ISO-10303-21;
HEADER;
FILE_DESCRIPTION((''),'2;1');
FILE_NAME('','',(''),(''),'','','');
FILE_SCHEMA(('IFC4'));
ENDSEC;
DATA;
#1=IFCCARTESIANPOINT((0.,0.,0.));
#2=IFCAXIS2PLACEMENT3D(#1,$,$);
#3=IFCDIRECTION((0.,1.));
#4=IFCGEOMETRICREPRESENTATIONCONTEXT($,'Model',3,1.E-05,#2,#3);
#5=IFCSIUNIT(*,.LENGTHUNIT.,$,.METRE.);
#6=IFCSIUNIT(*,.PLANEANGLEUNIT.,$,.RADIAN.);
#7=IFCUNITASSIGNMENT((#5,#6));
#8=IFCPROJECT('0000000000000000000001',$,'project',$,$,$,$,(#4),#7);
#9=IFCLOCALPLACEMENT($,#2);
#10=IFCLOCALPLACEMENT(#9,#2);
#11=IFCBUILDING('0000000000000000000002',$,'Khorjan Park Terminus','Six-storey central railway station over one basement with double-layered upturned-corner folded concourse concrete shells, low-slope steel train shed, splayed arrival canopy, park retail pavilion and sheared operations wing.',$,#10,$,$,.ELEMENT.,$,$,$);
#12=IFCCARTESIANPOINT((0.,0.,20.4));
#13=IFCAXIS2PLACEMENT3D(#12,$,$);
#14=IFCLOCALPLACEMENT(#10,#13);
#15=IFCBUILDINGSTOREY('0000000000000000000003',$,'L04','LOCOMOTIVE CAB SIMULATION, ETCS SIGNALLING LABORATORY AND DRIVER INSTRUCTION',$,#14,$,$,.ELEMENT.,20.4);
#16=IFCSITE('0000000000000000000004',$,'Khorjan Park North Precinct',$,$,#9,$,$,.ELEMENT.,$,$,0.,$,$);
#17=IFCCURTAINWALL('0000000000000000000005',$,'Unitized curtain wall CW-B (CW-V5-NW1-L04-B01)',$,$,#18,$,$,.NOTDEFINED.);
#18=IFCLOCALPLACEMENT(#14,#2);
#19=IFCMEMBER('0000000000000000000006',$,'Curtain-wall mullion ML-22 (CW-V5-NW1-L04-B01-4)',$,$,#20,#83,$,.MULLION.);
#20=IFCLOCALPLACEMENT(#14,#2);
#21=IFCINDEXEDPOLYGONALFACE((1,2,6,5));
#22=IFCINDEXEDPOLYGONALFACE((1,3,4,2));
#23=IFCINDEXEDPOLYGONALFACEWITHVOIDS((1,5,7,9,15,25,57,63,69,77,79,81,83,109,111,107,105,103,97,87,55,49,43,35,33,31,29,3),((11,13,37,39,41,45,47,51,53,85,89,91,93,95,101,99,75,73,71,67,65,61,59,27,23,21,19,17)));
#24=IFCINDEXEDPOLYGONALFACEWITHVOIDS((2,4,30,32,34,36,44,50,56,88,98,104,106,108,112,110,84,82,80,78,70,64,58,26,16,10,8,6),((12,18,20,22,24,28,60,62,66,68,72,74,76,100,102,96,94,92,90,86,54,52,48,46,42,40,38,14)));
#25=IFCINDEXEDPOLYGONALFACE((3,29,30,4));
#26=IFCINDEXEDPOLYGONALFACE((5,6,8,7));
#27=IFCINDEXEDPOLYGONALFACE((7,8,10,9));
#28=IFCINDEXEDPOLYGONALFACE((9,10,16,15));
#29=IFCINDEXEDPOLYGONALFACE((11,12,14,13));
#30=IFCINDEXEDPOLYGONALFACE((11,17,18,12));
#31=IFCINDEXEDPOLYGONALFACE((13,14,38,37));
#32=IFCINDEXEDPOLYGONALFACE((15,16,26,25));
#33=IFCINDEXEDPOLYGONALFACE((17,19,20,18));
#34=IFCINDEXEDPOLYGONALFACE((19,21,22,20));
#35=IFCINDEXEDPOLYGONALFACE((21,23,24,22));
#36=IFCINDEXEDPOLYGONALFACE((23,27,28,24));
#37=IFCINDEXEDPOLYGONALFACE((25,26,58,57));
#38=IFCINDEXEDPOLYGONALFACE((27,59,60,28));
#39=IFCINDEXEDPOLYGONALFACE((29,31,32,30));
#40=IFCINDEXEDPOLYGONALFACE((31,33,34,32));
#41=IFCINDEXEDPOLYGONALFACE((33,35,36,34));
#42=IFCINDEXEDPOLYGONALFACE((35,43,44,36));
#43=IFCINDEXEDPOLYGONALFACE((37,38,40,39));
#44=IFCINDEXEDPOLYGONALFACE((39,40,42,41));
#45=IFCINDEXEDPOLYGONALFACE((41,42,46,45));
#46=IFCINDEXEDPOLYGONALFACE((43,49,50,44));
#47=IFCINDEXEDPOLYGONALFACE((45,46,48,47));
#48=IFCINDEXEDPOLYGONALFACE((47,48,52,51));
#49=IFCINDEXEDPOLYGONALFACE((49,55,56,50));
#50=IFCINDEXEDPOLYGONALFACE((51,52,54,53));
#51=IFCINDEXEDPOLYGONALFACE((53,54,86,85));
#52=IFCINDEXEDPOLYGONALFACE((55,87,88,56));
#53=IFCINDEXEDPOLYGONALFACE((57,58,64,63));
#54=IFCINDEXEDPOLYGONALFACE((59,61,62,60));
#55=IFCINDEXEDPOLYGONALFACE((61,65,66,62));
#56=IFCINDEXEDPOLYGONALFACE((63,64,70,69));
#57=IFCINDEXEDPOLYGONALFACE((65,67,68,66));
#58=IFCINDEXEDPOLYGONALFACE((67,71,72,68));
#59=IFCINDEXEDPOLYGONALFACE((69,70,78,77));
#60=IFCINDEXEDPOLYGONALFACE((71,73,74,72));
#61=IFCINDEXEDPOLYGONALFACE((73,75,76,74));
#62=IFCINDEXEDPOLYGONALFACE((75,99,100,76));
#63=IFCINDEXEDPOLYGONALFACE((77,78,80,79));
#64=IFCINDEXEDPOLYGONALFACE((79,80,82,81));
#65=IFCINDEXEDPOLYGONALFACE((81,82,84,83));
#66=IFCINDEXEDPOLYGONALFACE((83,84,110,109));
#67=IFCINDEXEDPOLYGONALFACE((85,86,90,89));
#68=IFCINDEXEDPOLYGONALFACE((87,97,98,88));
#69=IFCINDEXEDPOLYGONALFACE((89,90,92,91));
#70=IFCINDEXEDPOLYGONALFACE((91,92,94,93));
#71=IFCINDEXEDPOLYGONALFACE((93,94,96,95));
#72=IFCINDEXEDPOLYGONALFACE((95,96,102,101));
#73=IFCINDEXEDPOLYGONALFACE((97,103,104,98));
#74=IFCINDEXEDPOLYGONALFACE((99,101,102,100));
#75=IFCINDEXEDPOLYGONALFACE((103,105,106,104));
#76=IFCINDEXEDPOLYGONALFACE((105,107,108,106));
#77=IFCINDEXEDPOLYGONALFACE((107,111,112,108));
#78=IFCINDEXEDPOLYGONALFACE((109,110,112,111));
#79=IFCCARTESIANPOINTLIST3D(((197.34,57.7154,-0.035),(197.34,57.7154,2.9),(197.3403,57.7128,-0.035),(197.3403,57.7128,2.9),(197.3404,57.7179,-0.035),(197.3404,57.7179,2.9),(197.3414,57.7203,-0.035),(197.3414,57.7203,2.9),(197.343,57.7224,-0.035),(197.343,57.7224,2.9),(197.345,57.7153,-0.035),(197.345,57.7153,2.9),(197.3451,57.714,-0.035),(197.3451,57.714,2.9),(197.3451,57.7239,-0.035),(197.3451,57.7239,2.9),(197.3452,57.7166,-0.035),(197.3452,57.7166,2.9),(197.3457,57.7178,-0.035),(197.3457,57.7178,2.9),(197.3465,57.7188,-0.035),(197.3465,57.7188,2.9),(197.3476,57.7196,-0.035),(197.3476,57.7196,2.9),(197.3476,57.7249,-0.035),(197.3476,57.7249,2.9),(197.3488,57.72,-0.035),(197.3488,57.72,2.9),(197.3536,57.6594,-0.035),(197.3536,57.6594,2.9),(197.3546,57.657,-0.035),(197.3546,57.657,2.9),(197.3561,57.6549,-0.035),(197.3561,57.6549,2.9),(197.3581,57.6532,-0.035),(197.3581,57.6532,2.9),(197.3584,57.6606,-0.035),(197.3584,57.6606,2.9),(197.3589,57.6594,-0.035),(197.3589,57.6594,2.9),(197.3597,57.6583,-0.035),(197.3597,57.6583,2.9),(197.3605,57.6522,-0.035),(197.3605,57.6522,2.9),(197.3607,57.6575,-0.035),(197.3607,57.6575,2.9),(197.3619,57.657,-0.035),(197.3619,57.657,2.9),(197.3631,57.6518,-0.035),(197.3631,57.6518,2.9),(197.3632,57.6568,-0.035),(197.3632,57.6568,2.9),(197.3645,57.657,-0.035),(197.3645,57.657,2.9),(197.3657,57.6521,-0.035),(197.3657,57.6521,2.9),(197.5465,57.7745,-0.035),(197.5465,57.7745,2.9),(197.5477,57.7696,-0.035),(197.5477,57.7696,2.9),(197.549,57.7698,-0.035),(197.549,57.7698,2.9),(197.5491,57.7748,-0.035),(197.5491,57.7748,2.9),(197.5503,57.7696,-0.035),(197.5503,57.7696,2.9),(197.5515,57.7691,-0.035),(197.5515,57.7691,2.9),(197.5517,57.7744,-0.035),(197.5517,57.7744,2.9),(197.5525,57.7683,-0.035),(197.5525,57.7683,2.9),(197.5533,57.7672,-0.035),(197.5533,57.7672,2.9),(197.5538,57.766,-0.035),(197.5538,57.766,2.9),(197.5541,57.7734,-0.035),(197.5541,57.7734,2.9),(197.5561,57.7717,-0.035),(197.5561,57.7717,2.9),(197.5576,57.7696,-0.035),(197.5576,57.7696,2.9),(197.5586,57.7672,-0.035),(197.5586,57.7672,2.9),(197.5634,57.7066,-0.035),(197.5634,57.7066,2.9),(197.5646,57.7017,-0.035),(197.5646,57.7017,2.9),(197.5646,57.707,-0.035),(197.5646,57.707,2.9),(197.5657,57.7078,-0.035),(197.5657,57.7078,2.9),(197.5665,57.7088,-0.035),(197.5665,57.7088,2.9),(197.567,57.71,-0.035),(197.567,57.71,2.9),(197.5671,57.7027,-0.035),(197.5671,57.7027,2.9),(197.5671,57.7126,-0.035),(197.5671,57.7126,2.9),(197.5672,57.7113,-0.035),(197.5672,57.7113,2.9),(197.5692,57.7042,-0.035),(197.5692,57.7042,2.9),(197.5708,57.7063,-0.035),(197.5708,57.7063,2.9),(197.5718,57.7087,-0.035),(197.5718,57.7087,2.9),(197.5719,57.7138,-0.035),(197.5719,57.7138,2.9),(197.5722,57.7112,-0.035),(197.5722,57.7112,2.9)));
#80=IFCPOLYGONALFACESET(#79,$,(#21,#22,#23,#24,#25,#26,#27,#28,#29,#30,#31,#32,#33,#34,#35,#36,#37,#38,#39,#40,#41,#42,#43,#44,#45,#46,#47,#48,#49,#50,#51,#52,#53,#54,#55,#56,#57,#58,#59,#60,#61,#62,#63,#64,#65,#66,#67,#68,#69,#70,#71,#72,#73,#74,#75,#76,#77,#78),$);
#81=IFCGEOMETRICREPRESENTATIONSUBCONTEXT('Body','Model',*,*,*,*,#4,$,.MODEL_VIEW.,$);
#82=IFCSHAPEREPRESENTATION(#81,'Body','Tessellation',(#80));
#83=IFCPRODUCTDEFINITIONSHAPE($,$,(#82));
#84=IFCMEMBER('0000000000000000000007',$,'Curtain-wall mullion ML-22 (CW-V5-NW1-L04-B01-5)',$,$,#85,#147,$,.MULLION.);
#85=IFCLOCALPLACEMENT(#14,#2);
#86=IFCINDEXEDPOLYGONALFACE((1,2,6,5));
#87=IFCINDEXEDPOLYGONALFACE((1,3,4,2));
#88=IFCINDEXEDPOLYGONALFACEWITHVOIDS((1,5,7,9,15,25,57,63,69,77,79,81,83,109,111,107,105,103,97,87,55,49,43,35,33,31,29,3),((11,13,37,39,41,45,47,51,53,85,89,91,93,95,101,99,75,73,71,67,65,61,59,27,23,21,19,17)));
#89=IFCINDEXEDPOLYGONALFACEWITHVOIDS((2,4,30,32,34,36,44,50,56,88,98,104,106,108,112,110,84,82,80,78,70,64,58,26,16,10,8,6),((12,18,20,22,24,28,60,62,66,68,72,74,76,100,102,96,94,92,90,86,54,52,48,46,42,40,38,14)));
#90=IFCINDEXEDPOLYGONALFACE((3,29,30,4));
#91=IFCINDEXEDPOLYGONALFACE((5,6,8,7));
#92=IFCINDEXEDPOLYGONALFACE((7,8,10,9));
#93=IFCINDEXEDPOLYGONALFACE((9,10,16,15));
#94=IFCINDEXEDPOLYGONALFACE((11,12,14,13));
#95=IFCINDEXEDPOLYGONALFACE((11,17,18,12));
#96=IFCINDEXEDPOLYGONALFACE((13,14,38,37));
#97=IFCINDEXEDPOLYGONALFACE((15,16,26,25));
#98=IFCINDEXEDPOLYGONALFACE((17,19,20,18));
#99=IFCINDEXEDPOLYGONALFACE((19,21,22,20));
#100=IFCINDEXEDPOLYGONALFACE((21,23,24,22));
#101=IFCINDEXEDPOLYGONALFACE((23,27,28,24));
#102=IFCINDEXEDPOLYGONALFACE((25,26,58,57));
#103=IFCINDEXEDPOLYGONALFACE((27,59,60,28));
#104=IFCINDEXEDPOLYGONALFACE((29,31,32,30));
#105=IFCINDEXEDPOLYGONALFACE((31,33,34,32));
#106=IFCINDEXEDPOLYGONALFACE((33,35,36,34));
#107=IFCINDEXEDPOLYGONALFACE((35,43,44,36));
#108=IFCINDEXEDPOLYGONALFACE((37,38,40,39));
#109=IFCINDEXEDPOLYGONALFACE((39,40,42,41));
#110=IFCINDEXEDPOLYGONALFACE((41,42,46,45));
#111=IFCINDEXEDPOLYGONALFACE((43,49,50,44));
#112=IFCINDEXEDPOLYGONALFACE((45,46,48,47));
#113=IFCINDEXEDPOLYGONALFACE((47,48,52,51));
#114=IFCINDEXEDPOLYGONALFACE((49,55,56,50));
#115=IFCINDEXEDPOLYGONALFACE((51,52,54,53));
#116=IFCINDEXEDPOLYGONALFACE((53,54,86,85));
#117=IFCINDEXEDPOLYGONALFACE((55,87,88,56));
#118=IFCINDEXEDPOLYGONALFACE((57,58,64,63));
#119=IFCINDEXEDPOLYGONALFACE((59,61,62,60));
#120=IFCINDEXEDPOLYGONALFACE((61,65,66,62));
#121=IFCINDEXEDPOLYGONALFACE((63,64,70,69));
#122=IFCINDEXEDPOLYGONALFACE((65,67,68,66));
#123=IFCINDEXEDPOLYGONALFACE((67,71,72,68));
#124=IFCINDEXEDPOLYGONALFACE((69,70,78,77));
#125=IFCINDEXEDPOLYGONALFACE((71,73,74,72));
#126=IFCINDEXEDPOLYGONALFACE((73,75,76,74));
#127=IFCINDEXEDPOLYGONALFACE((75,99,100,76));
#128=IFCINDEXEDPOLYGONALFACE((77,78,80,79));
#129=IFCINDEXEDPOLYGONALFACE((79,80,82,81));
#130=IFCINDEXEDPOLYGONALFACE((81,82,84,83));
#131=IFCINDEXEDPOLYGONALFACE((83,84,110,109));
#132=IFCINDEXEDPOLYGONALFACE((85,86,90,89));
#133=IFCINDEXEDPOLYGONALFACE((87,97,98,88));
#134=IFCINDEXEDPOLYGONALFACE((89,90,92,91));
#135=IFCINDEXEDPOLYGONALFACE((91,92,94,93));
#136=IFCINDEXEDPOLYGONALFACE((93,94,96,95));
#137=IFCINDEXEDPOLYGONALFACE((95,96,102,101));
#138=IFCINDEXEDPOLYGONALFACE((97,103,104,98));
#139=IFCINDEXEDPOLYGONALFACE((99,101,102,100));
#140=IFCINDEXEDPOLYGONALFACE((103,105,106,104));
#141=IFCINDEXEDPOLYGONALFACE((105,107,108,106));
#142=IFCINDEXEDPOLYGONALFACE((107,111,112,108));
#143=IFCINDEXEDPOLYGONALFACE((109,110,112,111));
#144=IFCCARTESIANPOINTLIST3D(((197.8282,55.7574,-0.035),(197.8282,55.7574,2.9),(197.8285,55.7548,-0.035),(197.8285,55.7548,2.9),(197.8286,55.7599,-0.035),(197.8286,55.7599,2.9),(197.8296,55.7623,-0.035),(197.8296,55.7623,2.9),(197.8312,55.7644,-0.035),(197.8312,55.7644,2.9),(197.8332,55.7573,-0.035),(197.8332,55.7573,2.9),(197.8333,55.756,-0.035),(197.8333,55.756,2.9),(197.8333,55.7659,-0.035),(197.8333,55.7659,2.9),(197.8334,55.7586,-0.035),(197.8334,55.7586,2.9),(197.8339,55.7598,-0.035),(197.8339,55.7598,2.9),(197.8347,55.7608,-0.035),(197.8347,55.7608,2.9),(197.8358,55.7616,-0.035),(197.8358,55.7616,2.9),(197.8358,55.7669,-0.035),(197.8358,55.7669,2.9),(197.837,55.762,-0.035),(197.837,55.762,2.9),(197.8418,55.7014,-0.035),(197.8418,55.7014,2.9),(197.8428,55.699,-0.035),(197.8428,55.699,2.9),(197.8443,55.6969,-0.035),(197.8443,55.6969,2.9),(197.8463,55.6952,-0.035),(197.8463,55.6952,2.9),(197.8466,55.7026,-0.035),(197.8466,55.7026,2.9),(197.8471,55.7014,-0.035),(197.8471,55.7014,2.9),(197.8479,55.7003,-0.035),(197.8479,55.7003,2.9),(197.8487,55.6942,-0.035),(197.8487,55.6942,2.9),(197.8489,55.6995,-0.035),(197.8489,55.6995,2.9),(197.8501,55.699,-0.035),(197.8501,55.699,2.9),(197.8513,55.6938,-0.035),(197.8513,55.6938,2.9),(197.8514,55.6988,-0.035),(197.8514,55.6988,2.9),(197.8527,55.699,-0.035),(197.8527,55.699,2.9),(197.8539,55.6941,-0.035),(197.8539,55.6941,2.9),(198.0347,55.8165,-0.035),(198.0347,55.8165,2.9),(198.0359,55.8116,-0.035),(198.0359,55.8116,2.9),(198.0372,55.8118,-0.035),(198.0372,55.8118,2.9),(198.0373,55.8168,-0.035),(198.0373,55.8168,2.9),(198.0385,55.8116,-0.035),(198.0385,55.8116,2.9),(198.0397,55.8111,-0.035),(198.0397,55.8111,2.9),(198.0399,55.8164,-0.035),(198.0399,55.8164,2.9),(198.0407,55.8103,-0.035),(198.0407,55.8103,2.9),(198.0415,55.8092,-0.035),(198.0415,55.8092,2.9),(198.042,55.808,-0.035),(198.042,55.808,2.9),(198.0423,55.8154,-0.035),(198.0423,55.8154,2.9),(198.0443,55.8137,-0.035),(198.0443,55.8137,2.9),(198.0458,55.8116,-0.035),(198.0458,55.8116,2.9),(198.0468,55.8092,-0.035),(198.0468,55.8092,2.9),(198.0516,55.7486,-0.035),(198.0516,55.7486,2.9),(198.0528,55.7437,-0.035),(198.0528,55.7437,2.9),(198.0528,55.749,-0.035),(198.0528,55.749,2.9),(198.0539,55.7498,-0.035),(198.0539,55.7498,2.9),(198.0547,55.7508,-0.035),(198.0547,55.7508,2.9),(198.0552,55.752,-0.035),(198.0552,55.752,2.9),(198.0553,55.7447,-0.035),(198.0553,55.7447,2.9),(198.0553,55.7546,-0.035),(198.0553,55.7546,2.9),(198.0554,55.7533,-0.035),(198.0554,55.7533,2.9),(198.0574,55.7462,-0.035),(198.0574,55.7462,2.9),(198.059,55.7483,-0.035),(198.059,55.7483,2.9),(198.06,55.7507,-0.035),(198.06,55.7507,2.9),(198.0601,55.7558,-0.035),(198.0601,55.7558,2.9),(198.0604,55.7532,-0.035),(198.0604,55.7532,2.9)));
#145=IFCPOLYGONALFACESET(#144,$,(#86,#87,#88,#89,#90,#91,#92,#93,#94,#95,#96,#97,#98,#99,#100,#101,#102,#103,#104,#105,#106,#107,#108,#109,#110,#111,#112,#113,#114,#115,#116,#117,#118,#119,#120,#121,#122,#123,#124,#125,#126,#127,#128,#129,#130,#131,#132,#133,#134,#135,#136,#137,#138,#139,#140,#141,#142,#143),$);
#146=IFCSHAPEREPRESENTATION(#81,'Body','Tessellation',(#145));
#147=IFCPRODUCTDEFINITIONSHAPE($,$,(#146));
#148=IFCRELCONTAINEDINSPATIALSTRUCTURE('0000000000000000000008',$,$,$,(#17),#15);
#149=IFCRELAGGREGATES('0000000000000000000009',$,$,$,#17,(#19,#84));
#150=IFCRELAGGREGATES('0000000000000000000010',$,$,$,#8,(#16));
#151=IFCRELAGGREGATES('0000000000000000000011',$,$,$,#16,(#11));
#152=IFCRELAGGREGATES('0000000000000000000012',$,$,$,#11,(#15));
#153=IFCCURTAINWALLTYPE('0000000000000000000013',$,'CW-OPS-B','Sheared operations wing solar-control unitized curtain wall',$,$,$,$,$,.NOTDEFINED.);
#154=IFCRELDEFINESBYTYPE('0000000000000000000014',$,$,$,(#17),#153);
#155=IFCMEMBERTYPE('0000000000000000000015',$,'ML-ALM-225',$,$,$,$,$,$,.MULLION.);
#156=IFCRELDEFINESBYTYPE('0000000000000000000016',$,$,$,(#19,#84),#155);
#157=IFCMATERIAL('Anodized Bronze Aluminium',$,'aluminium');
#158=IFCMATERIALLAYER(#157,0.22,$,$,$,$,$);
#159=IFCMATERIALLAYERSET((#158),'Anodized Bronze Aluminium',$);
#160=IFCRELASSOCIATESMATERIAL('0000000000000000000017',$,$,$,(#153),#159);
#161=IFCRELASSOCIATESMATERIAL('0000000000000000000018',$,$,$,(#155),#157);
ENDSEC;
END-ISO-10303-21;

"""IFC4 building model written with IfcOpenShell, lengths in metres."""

from ifc_helpers import new_model, si_unit, direction, frame, origin, origin_2d, place, context, subcontext, project, spatial, hollow_rectangle, extrude, material, layer, layer_set, material_profile, profile_set, type_object, element, aggregate, save


model = new_model("IFC4")

# Units and contexts
model_context = context("Model", 3, precision=1e-05, world=origin(), true_north=direction((0.0, 1.0)))
body_context = subcontext(model_context, "Body", "Model", "MODEL_VIEW")
ifc_project = project(units=[si_unit("LENGTHUNIT", "METRE"), si_unit("PLANEANGLEUNIT", "RADIAN")], contexts=[model_context])

# Site, building, storey
site_placement = place(None, origin())
site = spatial("IfcSite", under=ifc_project, at=site_placement, Name="Khorjan Park North Precinct", CompositionType="ELEMENT", RefElevation=0.0)
building_placement = place(site_placement, origin())
building = spatial("IfcBuilding", under=site, at=building_placement, Name="Khorjan Park Terminus", Description="Six-storey central railway station over one basement with double-layered upturned-corner folded concourse concrete shells, low-slope steel train shed, splayed arrival canopy, park retail pavilion and sheared operations wing.", CompositionType="ELEMENT")
storey_placement = place(building_placement, frame((0.0, 0.0, 20.4)))
storey = spatial("IfcBuildingStorey", under=building, at=storey_placement, Name="L04", Description="LOCOMOTIVE CAB SIMULATION, ETCS SIGNALLING LABORATORY AND DRIVER INSTRUCTION", CompositionType="ELEMENT", Elevation=20.4)

# Curtain wall, members
ifc_material_1 = material(Name="Anodized Bronze Aluminium", Category="aluminium")
ifc_layer_1 = layer(ifc_material_1, 0.22)
ifc_layer_set_1 = layer_set([ifc_layer_1], Name="Anodized Bronze Aluminium")
curtain_wall_type = type_object("IfcCurtainWallType", Name="CW-OPS-B", Description="Sheared operations wing solar-control unitized curtain wall", PredefinedType="NOTDEFINED", material=ifc_layer_set_1)
curtain_wall_1_placement = place(storey_placement, origin())
curtain_wall_1 = element("IfcCurtainWall", 1, at=curtain_wall_1_placement, inside=storey, type_object=curtain_wall_type, Name="Unitized curtain wall CW-B (CW-V5-NW1-L04-B01)", PredefinedType="NOTDEFINED")
ifc_material_profile_1 = material_profile(ifc_material_1, hollow_rectangle(XDim=0.075, YDim=0.225, WallThickness=0.005, InnerFilletRadius=0.005, OuterFilletRadius=0.01, at=origin_2d()), Name="ALM 75x225x5")
ifc_profile_set_1 = profile_set([ifc_material_profile_1], Name="Anodized Bronze Aluminium")
member_type_1 = type_object("IfcMemberType", Name="ML-ALM-225", PredefinedType="MULLION", material=ifc_profile_set_1)
member_1_placement = place(storey_placement, frame((197.4561, 57.7133, -0.035), z_axis=(0.0, 0.0, 1.0), x_axis=(0.24192, -0.970296, 0.0)))
member_1 = element("IfcMember", 2, at=member_1_placement, type_object=member_type_1, Name="Curtain-wall mullion ML-22 (CW-V5-NW1-L04-B01-4)", PredefinedType="MULLION", context=body_context, shape_type="SweptSolid", body=[
    extrude(hollow_rectangle(XDim=0.075, YDim=0.225, WallThickness=0.005, InnerFilletRadius=0.005, OuterFilletRadius=0.01, at=origin_2d()), origin(), (0.0, 0.0, 1.0), 2.935),
])
member_2_placement = place(storey_placement, frame((197.9443, 55.7553, -0.035), z_axis=(0.0, 0.0, 1.0), x_axis=(0.24192, -0.970296, 0.0)))
member_2 = element("IfcMember", 3, at=member_2_placement, type_object=member_type_1, Name="Curtain-wall mullion ML-22 (CW-V5-NW1-L04-B01-5)", PredefinedType="MULLION", context=body_context, shape_type="SweptSolid", body=[
    extrude(hollow_rectangle(XDim=0.075, YDim=0.225, WallThickness=0.005, InnerFilletRadius=0.005, OuterFilletRadius=0.01, at=origin_2d()), origin(), (0.0, 0.0, 1.0), 2.935),
])

aggregate(curtain_wall_1, [member_1, member_2])

save(model, "model.ifc")
